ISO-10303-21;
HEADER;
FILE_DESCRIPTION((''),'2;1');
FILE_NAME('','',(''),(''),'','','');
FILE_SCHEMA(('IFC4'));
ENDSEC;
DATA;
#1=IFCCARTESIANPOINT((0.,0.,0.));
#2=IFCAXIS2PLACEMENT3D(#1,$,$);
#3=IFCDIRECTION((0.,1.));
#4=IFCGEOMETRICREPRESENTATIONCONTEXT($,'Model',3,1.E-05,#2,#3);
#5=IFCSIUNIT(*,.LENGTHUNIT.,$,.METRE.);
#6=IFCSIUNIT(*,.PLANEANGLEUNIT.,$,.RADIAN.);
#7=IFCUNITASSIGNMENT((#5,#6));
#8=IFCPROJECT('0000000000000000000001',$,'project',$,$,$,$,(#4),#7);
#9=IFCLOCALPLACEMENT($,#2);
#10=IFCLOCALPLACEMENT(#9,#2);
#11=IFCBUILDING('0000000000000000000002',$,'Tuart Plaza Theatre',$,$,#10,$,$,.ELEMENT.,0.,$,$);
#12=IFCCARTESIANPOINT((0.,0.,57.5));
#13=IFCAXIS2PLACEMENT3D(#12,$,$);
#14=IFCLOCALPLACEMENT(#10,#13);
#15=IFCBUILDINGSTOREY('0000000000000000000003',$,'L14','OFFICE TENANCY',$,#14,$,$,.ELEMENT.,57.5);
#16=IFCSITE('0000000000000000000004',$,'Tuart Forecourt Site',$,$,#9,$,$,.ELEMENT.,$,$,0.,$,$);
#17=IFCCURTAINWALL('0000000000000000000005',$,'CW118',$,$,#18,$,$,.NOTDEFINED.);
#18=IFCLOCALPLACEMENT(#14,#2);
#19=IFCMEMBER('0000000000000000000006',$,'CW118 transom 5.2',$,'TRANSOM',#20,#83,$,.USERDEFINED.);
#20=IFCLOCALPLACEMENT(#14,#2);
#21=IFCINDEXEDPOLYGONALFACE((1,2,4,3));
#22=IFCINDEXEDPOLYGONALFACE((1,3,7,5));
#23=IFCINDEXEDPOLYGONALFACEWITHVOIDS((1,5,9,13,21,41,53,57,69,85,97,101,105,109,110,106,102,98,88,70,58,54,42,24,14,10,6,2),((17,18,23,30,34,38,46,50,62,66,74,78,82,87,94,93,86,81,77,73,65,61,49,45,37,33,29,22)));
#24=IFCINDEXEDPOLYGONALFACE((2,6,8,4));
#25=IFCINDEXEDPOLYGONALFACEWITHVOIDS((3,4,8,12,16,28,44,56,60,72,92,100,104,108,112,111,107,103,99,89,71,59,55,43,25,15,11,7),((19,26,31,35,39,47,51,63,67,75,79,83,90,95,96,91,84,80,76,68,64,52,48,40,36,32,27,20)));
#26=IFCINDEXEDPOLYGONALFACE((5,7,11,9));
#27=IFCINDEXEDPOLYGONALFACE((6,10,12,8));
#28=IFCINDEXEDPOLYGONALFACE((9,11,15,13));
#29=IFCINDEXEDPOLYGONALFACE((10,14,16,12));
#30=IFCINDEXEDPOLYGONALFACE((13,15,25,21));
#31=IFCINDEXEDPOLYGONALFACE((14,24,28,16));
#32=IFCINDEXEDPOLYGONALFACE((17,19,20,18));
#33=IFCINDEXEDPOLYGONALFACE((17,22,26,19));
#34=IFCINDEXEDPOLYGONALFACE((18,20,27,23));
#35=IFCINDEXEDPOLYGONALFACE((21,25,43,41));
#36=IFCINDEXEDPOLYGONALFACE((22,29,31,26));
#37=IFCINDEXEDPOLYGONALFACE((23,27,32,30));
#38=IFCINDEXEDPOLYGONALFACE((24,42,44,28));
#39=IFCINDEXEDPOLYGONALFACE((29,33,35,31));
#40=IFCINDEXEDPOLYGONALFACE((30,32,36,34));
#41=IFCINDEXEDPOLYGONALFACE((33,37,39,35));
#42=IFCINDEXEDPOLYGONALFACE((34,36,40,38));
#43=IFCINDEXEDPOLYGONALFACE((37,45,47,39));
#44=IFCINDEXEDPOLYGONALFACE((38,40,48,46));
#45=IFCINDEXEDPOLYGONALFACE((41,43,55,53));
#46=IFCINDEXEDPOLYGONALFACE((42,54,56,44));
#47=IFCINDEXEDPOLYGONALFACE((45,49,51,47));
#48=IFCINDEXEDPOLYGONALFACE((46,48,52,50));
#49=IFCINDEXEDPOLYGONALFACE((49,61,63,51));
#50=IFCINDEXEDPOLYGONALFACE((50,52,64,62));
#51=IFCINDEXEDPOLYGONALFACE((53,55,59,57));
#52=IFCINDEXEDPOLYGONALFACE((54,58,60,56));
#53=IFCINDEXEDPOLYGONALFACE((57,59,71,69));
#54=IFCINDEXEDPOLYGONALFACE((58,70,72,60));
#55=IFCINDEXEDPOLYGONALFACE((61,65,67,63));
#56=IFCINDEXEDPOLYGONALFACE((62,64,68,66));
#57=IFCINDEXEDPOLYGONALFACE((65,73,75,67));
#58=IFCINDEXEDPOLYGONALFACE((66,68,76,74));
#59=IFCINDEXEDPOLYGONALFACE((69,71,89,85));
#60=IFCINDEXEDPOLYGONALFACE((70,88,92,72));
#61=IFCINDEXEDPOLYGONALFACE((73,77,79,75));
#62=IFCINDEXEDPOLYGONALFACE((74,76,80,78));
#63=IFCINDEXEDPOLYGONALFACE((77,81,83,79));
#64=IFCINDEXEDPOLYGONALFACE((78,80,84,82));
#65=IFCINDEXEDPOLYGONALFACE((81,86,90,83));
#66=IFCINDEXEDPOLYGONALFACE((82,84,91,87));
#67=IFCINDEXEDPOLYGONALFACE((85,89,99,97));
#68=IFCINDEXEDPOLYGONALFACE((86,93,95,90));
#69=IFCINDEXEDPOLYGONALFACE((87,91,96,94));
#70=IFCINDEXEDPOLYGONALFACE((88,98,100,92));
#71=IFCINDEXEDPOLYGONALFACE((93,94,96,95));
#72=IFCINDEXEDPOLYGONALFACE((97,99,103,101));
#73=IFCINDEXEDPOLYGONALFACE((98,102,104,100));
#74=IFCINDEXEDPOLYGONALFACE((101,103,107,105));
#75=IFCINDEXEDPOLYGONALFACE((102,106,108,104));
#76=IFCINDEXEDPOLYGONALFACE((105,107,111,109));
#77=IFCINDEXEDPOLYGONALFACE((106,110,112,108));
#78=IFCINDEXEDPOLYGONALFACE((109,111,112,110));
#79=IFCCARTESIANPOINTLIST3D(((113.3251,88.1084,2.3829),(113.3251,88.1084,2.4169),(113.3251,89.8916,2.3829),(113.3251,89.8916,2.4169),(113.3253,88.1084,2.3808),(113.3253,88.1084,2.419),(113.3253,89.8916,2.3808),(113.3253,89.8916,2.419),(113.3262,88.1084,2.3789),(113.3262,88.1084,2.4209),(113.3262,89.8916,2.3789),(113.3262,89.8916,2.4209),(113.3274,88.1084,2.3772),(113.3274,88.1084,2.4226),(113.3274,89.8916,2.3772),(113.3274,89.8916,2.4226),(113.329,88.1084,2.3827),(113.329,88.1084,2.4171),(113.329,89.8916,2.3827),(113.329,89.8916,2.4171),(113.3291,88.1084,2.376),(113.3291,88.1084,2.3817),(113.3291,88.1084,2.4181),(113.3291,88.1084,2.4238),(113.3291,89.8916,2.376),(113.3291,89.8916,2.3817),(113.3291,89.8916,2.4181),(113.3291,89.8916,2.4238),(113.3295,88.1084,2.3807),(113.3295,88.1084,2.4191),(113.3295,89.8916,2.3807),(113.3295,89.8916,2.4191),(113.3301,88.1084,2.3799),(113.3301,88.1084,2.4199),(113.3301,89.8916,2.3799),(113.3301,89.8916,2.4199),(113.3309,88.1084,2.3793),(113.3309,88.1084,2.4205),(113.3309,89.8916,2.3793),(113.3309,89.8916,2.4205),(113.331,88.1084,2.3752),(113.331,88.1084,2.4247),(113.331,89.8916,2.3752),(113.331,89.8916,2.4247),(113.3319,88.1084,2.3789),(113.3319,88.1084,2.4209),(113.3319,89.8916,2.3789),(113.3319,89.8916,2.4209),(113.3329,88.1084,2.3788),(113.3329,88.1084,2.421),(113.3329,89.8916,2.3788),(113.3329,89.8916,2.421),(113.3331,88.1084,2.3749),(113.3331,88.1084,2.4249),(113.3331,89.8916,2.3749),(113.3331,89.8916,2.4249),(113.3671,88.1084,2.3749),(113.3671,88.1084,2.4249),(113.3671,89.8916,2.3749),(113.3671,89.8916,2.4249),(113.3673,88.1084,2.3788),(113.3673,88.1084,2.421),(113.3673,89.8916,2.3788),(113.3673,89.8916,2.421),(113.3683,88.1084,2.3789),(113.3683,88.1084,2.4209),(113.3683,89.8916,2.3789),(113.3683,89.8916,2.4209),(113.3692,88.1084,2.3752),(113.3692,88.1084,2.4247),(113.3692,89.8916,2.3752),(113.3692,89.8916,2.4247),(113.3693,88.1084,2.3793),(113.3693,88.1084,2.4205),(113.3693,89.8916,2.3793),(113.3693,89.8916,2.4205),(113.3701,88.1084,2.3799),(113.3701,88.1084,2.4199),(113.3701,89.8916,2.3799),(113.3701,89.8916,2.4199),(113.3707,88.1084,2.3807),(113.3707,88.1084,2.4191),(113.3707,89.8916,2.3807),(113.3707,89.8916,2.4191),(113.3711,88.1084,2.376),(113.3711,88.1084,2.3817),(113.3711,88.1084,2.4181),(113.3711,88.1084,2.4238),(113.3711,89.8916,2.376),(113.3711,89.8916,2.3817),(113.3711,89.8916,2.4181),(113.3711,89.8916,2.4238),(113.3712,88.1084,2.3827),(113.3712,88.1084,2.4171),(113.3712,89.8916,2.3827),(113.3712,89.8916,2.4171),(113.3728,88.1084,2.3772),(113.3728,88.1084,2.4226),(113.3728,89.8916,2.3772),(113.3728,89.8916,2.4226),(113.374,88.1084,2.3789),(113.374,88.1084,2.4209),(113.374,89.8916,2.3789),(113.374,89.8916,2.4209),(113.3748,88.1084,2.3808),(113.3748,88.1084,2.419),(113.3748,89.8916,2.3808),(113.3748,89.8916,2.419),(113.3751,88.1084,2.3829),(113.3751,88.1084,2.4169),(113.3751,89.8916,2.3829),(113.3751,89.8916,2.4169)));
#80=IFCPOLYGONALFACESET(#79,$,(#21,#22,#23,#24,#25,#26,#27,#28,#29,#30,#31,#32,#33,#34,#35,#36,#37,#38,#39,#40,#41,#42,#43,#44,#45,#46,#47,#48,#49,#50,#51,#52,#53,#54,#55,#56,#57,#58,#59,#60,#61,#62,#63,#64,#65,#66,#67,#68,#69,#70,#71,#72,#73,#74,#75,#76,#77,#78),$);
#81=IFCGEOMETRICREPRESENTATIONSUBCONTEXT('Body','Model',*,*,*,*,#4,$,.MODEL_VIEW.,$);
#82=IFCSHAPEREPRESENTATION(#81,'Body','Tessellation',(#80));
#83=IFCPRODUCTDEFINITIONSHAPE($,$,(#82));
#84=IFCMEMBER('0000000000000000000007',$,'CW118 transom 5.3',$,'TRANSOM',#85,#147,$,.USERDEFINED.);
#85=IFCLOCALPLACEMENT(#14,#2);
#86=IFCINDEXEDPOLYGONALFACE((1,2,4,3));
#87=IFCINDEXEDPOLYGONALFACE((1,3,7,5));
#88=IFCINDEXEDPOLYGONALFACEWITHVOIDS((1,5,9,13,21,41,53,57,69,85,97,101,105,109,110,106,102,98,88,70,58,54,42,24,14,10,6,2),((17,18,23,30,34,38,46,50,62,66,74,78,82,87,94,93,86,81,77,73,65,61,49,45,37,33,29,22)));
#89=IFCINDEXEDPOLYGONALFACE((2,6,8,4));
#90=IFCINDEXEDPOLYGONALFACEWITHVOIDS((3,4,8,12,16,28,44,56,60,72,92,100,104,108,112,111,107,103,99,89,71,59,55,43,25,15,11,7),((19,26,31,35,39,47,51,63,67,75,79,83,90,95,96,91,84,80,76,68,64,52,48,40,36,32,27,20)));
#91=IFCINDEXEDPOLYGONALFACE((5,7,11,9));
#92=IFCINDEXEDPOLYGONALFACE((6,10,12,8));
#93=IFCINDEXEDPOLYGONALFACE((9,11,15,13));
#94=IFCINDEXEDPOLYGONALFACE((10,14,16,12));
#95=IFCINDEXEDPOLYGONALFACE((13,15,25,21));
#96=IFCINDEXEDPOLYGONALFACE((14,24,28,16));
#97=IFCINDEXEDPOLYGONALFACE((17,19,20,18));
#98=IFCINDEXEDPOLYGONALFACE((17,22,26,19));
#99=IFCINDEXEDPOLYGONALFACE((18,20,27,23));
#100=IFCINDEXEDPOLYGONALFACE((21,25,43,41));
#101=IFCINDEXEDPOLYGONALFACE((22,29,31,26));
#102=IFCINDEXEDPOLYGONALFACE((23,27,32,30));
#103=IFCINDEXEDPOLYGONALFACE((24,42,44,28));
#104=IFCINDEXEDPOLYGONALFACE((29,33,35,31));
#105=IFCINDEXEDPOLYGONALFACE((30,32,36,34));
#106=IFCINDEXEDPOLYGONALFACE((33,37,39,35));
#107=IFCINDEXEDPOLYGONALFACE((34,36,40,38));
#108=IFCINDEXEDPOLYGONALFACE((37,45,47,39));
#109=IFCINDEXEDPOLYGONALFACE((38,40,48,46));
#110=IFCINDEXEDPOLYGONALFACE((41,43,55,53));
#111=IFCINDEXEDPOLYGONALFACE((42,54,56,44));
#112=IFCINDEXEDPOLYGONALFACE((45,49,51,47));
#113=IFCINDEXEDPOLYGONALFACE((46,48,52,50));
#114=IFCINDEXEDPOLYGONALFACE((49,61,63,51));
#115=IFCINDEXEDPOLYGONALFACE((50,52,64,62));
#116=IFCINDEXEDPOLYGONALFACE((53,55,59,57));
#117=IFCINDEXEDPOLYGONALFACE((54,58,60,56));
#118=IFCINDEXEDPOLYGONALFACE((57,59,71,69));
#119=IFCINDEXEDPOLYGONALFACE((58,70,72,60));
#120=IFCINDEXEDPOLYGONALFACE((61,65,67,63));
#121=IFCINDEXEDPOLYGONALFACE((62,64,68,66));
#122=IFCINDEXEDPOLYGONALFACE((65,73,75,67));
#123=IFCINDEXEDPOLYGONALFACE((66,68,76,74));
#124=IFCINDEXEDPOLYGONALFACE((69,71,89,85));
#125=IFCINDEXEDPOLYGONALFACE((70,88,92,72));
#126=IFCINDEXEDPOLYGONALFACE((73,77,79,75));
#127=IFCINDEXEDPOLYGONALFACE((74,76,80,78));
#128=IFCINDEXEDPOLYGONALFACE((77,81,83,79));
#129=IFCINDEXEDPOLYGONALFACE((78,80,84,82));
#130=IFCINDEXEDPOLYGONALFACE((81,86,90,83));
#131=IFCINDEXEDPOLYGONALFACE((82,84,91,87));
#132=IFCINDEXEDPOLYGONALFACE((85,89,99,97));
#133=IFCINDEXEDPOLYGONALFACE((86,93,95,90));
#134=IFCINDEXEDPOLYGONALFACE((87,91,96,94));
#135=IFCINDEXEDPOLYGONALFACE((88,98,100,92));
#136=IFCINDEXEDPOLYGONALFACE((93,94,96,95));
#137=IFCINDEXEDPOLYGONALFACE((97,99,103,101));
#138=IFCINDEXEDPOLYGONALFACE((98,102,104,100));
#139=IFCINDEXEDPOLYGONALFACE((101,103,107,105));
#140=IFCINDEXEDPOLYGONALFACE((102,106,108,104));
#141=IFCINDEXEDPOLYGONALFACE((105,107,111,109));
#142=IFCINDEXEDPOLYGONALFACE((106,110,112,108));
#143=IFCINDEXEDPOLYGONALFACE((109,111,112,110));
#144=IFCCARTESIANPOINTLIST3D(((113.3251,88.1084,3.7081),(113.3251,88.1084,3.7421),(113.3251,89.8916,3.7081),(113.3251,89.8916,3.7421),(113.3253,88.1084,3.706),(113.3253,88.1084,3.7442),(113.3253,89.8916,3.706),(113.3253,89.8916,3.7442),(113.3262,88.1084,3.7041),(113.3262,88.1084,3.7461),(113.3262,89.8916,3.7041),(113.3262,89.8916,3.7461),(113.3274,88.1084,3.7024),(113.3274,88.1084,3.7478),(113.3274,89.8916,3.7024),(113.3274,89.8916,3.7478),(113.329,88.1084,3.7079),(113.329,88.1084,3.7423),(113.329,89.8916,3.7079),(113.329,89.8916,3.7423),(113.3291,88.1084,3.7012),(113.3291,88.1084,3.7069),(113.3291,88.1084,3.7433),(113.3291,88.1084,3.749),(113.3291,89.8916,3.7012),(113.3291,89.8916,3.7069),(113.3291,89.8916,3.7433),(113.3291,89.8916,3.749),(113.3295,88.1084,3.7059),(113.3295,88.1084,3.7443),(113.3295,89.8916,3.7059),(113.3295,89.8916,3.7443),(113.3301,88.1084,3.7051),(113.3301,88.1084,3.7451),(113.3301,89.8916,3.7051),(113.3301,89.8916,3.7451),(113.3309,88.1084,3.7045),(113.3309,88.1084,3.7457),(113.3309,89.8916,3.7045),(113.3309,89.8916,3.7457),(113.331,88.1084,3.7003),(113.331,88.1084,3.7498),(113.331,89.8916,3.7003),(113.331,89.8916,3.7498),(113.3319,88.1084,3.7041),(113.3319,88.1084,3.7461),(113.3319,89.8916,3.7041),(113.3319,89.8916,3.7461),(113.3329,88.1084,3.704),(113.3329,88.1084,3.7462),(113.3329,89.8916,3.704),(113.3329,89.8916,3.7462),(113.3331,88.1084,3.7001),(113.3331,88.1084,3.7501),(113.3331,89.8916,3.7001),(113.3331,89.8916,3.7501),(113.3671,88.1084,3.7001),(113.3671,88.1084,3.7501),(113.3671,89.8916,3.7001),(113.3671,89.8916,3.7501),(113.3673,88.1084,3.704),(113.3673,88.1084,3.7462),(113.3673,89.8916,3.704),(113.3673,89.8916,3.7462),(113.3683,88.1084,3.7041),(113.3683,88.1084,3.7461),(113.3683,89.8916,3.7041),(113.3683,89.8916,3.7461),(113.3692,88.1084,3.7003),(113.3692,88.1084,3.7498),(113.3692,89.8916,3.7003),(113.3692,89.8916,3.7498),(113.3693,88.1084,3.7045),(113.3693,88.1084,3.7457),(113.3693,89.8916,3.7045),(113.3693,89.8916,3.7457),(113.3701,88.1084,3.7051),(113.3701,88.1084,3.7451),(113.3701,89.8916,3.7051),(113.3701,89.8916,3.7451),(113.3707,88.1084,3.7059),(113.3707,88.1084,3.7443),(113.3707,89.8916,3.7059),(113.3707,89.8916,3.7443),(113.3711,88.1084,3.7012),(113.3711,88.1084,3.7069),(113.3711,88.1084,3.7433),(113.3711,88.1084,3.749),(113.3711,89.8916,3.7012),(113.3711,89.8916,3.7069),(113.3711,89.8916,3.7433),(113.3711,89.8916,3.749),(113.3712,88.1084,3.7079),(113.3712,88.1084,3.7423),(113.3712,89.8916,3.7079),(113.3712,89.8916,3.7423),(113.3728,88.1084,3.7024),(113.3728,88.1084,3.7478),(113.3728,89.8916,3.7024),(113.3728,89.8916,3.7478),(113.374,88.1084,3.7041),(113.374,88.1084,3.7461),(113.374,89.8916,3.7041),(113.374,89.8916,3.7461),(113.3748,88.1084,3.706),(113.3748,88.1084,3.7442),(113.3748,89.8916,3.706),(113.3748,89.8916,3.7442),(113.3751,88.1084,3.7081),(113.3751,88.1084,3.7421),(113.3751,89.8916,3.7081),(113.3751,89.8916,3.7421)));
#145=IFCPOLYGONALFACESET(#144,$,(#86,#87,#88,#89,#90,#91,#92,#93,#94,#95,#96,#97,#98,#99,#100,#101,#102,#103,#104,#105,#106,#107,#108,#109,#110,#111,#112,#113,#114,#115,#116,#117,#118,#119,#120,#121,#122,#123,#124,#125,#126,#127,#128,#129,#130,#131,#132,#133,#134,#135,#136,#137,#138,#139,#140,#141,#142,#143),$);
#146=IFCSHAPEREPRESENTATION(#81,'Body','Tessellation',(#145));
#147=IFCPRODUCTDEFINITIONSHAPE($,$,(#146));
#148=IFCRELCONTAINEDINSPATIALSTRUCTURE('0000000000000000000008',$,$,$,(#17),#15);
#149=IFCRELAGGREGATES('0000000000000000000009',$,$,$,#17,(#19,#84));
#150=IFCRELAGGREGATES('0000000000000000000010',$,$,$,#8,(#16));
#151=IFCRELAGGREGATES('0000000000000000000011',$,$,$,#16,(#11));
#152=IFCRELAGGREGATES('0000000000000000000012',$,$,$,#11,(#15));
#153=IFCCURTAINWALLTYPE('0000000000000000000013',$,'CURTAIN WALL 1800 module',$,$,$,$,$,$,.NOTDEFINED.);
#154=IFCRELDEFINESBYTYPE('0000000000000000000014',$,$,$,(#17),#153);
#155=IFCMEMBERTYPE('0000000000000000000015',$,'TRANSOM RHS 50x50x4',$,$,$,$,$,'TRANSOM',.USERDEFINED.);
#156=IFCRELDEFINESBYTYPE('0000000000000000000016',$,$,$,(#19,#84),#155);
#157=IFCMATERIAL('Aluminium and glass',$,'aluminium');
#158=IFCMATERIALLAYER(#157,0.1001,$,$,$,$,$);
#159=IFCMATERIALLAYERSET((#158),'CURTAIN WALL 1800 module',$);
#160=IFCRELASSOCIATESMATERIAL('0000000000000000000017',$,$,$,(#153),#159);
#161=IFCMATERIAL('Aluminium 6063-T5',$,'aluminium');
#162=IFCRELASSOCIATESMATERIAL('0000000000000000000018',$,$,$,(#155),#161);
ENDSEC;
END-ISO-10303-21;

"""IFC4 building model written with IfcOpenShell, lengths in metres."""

from ifc_helpers import new_model, si_unit, direction, frame, origin, origin_2d, place, context, subcontext, project, spatial, hollow_rectangle, extrude, material, layer, layer_set, material_profile, profile_set, type_object, element, aggregate, save


model = new_model("IFC4")

# Units and contexts
model_context = context("Model", 3, precision=1e-05, world=origin(), true_north=direction((0.0, 1.0)))
body_context = subcontext(model_context, "Body", "Model", "MODEL_VIEW")
ifc_project = project(units=[si_unit("LENGTHUNIT", "METRE"), si_unit("PLANEANGLEUNIT", "RADIAN")], contexts=[model_context])

# Site, building, storey
site_placement = place(None, origin())
site = spatial("IfcSite", under=ifc_project, at=site_placement, Name="Tuart Forecourt Site", CompositionType="ELEMENT", RefElevation=0.0)
building_placement = place(site_placement, origin())
building = spatial("IfcBuilding", under=site, at=building_placement, Name="Tuart Plaza Theatre", CompositionType="ELEMENT", ElevationOfRefHeight=0.0)
storey_placement = place(building_placement, frame((0.0, 0.0, 57.5)))
storey = spatial("IfcBuildingStorey", under=building, at=storey_placement, Name="L14", Description="OFFICE TENANCY", CompositionType="ELEMENT", Elevation=57.5)

# Curtain wall, members
ifc_material_1 = material(Name="Aluminium and glass", Category="aluminium")
ifc_layer_1 = layer(ifc_material_1, 0.1001)
ifc_layer_set_1 = layer_set([ifc_layer_1], Name="CURTAIN WALL 1800 module")
curtain_wall_type = type_object("IfcCurtainWallType", Name="CURTAIN WALL 1800 module", PredefinedType="NOTDEFINED", material=ifc_layer_set_1)
curtain_wall_placement = place(storey_placement, origin())
curtain_wall = element("IfcCurtainWall", 1, at=curtain_wall_placement, inside=storey, type_object=curtain_wall_type, Name="CW118", PredefinedType="NOTDEFINED")
ifc_material_2 = material(Name="Aluminium 6063-T5", Category="aluminium")
ifc_material_profile = material_profile(ifc_material_2, hollow_rectangle(XDim=0.05, YDim=0.05, WallThickness=0.0039, InnerFilletRadius=0.0039, OuterFilletRadius=0.0081, at=origin_2d()), Name="RHS 50x50x4")
ifc_profile_set = profile_set([ifc_material_profile], Name="Aluminium 6063-T5")
member_type = type_object("IfcMemberType", Name="TRANSOM RHS 50x50x4", ElementType="TRANSOM", PredefinedType="USERDEFINED", material=ifc_profile_set)
member_1_placement = place(storey_placement, frame((113.3501, 89.8916, 2.3999), z_axis=(0.0, -1.0, 0.0), x_axis=(1.0, 0.0, 0.0)))
member_1 = element("IfcMember", 2, at=member_1_placement, type_object=member_type, Name="CW118 transom 5.2", ObjectType="TRANSOM", PredefinedType="USERDEFINED", context=body_context, shape_type="SweptSolid", body=[
    extrude(hollow_rectangle(XDim=0.05, YDim=0.05, WallThickness=0.0039, InnerFilletRadius=0.0039, OuterFilletRadius=0.0081, at=origin_2d()), origin(), (0.0, 0.0, 1.0), 1.7832),
])
member_2_placement = place(storey_placement, frame((113.3501, 89.8916, 3.7251), z_axis=(0.0, -1.0, 0.0), x_axis=(1.0, 0.0, 0.0)))
member_2 = element("IfcMember", 3, at=member_2_placement, type_object=member_type, Name="CW118 transom 5.3", ObjectType="TRANSOM", PredefinedType="USERDEFINED", context=body_context, shape_type="SweptSolid", body=[
    extrude(hollow_rectangle(XDim=0.05, YDim=0.05, WallThickness=0.0039, InnerFilletRadius=0.0039, OuterFilletRadius=0.0081, at=origin_2d()), origin(), (0.0, 0.0, 1.0), 1.7832),
])
aggregate(curtain_wall, [member_1, member_2])

save(model, "model.ifc")
